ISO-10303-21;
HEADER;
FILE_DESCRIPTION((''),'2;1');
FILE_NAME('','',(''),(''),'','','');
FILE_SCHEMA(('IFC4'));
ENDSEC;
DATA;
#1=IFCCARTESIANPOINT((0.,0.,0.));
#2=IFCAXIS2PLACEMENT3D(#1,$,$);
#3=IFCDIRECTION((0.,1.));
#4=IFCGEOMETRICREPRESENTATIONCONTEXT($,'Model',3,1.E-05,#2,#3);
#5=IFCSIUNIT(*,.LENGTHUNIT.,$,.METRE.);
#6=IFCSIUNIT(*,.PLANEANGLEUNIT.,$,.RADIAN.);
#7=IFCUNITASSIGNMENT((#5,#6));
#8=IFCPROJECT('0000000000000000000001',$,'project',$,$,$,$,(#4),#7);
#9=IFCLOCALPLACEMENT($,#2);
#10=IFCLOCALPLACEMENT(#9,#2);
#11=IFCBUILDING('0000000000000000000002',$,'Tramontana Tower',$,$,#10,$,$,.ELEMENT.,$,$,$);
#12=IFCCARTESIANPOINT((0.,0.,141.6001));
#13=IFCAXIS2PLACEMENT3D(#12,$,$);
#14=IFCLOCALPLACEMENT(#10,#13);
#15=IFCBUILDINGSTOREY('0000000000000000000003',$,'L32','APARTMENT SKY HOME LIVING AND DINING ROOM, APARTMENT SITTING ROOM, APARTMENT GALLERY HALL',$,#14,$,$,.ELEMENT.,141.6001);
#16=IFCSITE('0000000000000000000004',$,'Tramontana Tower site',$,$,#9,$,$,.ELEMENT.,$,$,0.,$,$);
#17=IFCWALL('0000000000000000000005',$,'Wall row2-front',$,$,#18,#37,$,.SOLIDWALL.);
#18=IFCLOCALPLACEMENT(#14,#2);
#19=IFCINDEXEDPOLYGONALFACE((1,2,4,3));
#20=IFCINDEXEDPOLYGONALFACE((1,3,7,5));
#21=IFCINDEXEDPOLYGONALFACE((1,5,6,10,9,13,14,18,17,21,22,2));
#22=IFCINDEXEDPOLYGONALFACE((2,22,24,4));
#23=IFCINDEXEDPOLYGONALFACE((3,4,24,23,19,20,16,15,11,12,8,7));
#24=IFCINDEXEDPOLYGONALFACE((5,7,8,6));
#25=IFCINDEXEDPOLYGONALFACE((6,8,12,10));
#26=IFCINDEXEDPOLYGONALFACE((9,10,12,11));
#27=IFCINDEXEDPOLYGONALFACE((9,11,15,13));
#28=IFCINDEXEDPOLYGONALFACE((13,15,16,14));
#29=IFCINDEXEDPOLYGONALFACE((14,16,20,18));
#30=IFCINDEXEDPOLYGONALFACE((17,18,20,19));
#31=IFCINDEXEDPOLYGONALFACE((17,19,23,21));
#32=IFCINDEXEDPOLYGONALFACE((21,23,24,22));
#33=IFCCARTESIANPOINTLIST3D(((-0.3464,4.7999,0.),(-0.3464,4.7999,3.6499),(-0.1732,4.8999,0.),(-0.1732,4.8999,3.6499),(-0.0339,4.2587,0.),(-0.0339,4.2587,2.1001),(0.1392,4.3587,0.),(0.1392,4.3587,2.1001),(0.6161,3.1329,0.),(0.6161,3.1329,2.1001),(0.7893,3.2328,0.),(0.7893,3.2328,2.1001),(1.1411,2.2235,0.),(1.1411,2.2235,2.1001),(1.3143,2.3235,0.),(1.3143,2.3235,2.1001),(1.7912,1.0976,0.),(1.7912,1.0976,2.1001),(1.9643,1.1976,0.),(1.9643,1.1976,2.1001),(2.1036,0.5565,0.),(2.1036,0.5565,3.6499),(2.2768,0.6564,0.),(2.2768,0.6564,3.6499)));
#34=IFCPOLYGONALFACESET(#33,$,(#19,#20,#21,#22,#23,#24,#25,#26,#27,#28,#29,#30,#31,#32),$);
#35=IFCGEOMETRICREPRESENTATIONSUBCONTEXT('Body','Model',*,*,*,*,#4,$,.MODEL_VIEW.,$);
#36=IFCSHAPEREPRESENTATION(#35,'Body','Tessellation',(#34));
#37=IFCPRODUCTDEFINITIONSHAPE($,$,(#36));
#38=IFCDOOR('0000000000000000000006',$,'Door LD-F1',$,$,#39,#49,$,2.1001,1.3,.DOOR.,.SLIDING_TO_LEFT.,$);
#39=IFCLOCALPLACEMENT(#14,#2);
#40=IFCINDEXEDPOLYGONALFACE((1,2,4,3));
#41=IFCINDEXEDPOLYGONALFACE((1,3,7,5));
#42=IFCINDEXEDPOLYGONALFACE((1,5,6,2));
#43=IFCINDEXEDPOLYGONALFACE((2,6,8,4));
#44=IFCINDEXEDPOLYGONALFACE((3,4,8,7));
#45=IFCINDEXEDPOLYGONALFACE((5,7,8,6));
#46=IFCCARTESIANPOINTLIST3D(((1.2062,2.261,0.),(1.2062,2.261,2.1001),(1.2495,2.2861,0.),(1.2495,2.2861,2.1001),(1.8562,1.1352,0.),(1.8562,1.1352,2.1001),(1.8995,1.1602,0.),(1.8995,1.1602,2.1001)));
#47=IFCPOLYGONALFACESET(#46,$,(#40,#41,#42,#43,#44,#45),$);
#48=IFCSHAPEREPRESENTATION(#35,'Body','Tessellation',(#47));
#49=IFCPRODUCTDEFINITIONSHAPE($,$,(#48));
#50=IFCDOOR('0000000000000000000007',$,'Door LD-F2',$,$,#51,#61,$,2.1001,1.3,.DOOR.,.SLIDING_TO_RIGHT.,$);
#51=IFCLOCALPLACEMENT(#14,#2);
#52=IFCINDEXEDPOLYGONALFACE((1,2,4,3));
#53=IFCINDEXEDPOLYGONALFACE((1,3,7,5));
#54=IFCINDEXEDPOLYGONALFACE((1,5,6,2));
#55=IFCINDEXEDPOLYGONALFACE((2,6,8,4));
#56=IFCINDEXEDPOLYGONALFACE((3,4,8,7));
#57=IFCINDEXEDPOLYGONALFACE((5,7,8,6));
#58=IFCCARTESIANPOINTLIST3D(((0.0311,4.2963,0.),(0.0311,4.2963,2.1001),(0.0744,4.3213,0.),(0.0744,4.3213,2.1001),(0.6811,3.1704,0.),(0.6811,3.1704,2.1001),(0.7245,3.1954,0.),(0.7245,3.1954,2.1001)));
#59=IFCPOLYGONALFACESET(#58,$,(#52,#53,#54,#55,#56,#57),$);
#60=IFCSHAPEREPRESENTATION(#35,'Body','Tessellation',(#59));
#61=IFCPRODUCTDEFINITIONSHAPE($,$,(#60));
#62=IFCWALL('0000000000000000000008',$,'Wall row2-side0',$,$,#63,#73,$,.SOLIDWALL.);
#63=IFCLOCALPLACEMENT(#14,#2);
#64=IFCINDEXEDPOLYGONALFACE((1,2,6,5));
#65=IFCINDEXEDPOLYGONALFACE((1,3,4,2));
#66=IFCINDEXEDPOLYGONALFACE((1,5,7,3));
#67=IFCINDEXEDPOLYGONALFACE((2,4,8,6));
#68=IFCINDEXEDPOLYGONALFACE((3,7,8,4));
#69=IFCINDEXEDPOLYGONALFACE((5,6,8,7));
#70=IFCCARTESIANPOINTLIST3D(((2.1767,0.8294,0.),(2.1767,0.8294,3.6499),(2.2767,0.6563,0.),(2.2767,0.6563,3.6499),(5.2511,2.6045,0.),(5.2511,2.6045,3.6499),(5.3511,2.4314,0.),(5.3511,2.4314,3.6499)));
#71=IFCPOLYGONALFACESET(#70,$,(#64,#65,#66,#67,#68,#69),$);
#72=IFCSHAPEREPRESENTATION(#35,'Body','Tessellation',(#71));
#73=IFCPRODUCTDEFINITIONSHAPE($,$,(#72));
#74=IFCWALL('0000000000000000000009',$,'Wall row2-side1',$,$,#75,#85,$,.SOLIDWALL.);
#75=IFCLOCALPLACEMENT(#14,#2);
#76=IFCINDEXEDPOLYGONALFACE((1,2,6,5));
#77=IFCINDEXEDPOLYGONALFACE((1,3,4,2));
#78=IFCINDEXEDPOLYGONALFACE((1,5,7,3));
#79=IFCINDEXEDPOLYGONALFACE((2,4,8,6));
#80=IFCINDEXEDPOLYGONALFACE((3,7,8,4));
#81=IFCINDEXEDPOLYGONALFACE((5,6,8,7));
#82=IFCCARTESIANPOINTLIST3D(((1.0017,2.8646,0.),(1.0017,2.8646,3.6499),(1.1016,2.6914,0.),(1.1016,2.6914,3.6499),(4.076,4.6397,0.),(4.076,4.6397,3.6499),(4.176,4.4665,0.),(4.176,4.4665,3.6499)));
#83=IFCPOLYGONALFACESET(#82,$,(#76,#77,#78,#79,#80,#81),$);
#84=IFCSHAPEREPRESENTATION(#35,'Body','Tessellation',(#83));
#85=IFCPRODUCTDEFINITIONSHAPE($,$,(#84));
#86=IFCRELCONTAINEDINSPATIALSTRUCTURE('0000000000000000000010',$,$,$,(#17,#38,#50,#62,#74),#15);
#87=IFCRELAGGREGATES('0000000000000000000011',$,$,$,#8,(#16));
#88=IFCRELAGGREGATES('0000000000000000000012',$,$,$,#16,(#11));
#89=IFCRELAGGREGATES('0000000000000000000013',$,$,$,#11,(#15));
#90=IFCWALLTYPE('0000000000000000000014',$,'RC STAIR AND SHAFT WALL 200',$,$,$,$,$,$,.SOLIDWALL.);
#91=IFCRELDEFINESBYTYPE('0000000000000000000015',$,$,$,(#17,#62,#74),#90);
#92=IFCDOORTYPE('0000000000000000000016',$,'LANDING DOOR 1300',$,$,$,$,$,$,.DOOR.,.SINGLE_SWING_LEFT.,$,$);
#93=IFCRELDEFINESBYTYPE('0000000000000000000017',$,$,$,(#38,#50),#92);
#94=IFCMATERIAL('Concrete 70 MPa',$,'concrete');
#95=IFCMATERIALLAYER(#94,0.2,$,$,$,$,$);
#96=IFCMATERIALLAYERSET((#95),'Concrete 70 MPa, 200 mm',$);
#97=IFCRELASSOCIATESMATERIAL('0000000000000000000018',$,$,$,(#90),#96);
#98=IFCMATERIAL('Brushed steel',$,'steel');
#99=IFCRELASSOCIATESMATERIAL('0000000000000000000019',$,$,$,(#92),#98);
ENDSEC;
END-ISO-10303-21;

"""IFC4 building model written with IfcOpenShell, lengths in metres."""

from ifc_helpers import new_model, si_unit, direction, frame, frame_2d, origin, place, context, subcontext, project, spatial, rectangle, extrude, material, layer, layer_set, type_object, element, fill, save


model = new_model("IFC4")

# Units and contexts
model_context = context("Model", 3, precision=1e-05, world=origin(), true_north=direction((0.0, 1.0)))
body_context = subcontext(model_context, "Body", "Model", "MODEL_VIEW")
ifc_project = project(units=[si_unit("LENGTHUNIT", "METRE"), si_unit("PLANEANGLEUNIT", "RADIAN")], contexts=[model_context])

# Site, building, storey
site_placement = place(None, origin())
site = spatial("IfcSite", under=ifc_project, at=site_placement, Name="Tramontana Tower site", CompositionType="ELEMENT", RefElevation=0.0)
building_placement = place(site_placement, origin())
building = spatial("IfcBuilding", under=site, at=building_placement, Name="Tramontana Tower", CompositionType="ELEMENT")
storey_placement = place(building_placement, frame((0.0, 0.0, 141.6001)))
storey = spatial("IfcBuildingStorey", under=building, at=storey_placement, Name="L32", Description="APARTMENT SKY HOME LIVING AND DINING ROOM, APARTMENT SITTING ROOM, APARTMENT GALLERY HALL", CompositionType="ELEMENT", Elevation=141.6001)

# Shared definitions
ifc_material_1 = material(Name="Concrete 70 MPa", Category="concrete")
ifc_layer_1 = layer(ifc_material_1, 0.2)
ifc_layer_set_1 = layer_set([ifc_layer_1], Name="Concrete 70 MPa, 200 mm")
wall_type_1 = type_object("IfcWallType", Name="RC STAIR AND SHAFT WALL 200", PredefinedType="SOLIDWALL", material=ifc_layer_set_1)

# Wall, openings, doors
wall_1_placement = place(storey_placement, frame((2.1902, 0.6064, 0.0), z_axis=(0.0, 0.0, 1.0), x_axis=(-0.500003, 0.866024, 0.0)))
wall_1 = element("IfcWall", 1, at=wall_1_placement, inside=storey, type_object=wall_type_1, Name="Wall row2-front", PredefinedType="SOLIDWALL", context=body_context, shape_type="SweptSolid", body=[
    extrude(rectangle(XDim=4.8999, YDim=0.2, at=frame_2d((2.45, 0.0))), origin(), (0.0, 0.0, 1.0), 3.6499),
])
opening_1_placement = place(wall_1_placement, frame((0.625, 0.0, 0.0)))
opening_1 = element("IfcOpeningElement", 2, at=opening_1_placement, cuts=wall_1, PredefinedType="OPENING", context=body_context, shape_type="SweptSolid", body=[
    extrude(rectangle(XDim=1.3, YDim=2.1001, at=frame_2d((0.6499, 1.05))), frame((0.0, 0.1099, 0.0), z_axis=(0.0, -1.0, 0.0), x_axis=(1.0, 0.0, 0.0)), (0.0, 0.0, 1.0), 0.22),
])
opening_2_placement = place(wall_1_placement, frame((2.9751, 0.0, 0.0)))
opening_2 = element("IfcOpeningElement", 3, at=opening_2_placement, cuts=wall_1, PredefinedType="OPENING", context=body_context, shape_type="SweptSolid", body=[
    extrude(rectangle(XDim=1.3, YDim=2.1001, at=frame_2d((0.6499, 1.05))), frame((0.0, 0.1099, 0.0), z_axis=(0.0, -1.0, 0.0), x_axis=(1.0, 0.0, 0.0)), (0.0, 0.0, 1.0), 0.22),
])
ifc_material_2 = material(Name="Brushed steel", Category="steel")
door_type_1 = type_object("IfcDoorType", Name="LANDING DOOR 1300", OperationType="SINGLE_SWING_LEFT", PredefinedType="DOOR", material=ifc_material_2)
door_1_placement = place(opening_1_placement, origin())
door_1 = element("IfcDoor", 4, at=door_1_placement, inside=storey, type_object=door_type_1, Name="Door LD-F1", OperationType="SLIDING_TO_LEFT", OverallHeight=2.1001, OverallWidth=1.3, PredefinedType="DOOR", context=body_context, shape_type="SweptSolid", body=[
    extrude(rectangle(XDim=1.3, YDim=2.1001, at=frame_2d((0.6499, 1.05))), frame((0.0, 0.0249, 0.0), z_axis=(0.0, -1.0, 0.0), x_axis=(1.0, 0.0, 0.0)), (0.0, 0.0, 1.0), 0.05),
])
fill(opening_1, door_1)
door_2_placement = place(opening_2_placement, origin())
door_2 = element("IfcDoor", 5, at=door_2_placement, inside=storey, type_object=door_type_1, Name="Door LD-F2", OperationType="SLIDING_TO_RIGHT", OverallHeight=2.1001, OverallWidth=1.3, PredefinedType="DOOR", context=body_context, shape_type="SweptSolid", body=[
    extrude(rectangle(XDim=1.3, YDim=2.1001, at=frame_2d((0.6499, 1.05))), frame((0.0, 0.0249, 0.0), z_axis=(0.0, -1.0, 0.0), x_axis=(1.0, 0.0, 0.0)), (0.0, 0.0, 1.0), 0.05),
])
fill(opening_2, door_2)

# Walls
for number, where, z_axis, x_axis, name in (
    (6, (2.2268, 0.7429, 0.0), (0.0, 0.0, 1.0), (0.866013, 0.500022, 0.0), "Wall row2-side0"),
    (7, (1.0518, 2.7781, 0.0), (0.0, 0.0, 1.0), (0.866013, 0.500022, 0.0), "Wall row2-side1"),
):
    element("IfcWall", number, at=place(storey_placement, frame(where, z_axis=z_axis, x_axis=x_axis)), inside=storey, type_object=wall_type_1, Name=name, PredefinedType="SOLIDWALL", context=body_context, shape_type="SweptSolid", body=[
        extrude(rectangle(XDim=3.55, YDim=0.2, at=frame_2d((1.7749, 0.0))), origin(), (0.0, 0.0, 1.0), 3.6499),
    ])

save(model, "model.ifc")
